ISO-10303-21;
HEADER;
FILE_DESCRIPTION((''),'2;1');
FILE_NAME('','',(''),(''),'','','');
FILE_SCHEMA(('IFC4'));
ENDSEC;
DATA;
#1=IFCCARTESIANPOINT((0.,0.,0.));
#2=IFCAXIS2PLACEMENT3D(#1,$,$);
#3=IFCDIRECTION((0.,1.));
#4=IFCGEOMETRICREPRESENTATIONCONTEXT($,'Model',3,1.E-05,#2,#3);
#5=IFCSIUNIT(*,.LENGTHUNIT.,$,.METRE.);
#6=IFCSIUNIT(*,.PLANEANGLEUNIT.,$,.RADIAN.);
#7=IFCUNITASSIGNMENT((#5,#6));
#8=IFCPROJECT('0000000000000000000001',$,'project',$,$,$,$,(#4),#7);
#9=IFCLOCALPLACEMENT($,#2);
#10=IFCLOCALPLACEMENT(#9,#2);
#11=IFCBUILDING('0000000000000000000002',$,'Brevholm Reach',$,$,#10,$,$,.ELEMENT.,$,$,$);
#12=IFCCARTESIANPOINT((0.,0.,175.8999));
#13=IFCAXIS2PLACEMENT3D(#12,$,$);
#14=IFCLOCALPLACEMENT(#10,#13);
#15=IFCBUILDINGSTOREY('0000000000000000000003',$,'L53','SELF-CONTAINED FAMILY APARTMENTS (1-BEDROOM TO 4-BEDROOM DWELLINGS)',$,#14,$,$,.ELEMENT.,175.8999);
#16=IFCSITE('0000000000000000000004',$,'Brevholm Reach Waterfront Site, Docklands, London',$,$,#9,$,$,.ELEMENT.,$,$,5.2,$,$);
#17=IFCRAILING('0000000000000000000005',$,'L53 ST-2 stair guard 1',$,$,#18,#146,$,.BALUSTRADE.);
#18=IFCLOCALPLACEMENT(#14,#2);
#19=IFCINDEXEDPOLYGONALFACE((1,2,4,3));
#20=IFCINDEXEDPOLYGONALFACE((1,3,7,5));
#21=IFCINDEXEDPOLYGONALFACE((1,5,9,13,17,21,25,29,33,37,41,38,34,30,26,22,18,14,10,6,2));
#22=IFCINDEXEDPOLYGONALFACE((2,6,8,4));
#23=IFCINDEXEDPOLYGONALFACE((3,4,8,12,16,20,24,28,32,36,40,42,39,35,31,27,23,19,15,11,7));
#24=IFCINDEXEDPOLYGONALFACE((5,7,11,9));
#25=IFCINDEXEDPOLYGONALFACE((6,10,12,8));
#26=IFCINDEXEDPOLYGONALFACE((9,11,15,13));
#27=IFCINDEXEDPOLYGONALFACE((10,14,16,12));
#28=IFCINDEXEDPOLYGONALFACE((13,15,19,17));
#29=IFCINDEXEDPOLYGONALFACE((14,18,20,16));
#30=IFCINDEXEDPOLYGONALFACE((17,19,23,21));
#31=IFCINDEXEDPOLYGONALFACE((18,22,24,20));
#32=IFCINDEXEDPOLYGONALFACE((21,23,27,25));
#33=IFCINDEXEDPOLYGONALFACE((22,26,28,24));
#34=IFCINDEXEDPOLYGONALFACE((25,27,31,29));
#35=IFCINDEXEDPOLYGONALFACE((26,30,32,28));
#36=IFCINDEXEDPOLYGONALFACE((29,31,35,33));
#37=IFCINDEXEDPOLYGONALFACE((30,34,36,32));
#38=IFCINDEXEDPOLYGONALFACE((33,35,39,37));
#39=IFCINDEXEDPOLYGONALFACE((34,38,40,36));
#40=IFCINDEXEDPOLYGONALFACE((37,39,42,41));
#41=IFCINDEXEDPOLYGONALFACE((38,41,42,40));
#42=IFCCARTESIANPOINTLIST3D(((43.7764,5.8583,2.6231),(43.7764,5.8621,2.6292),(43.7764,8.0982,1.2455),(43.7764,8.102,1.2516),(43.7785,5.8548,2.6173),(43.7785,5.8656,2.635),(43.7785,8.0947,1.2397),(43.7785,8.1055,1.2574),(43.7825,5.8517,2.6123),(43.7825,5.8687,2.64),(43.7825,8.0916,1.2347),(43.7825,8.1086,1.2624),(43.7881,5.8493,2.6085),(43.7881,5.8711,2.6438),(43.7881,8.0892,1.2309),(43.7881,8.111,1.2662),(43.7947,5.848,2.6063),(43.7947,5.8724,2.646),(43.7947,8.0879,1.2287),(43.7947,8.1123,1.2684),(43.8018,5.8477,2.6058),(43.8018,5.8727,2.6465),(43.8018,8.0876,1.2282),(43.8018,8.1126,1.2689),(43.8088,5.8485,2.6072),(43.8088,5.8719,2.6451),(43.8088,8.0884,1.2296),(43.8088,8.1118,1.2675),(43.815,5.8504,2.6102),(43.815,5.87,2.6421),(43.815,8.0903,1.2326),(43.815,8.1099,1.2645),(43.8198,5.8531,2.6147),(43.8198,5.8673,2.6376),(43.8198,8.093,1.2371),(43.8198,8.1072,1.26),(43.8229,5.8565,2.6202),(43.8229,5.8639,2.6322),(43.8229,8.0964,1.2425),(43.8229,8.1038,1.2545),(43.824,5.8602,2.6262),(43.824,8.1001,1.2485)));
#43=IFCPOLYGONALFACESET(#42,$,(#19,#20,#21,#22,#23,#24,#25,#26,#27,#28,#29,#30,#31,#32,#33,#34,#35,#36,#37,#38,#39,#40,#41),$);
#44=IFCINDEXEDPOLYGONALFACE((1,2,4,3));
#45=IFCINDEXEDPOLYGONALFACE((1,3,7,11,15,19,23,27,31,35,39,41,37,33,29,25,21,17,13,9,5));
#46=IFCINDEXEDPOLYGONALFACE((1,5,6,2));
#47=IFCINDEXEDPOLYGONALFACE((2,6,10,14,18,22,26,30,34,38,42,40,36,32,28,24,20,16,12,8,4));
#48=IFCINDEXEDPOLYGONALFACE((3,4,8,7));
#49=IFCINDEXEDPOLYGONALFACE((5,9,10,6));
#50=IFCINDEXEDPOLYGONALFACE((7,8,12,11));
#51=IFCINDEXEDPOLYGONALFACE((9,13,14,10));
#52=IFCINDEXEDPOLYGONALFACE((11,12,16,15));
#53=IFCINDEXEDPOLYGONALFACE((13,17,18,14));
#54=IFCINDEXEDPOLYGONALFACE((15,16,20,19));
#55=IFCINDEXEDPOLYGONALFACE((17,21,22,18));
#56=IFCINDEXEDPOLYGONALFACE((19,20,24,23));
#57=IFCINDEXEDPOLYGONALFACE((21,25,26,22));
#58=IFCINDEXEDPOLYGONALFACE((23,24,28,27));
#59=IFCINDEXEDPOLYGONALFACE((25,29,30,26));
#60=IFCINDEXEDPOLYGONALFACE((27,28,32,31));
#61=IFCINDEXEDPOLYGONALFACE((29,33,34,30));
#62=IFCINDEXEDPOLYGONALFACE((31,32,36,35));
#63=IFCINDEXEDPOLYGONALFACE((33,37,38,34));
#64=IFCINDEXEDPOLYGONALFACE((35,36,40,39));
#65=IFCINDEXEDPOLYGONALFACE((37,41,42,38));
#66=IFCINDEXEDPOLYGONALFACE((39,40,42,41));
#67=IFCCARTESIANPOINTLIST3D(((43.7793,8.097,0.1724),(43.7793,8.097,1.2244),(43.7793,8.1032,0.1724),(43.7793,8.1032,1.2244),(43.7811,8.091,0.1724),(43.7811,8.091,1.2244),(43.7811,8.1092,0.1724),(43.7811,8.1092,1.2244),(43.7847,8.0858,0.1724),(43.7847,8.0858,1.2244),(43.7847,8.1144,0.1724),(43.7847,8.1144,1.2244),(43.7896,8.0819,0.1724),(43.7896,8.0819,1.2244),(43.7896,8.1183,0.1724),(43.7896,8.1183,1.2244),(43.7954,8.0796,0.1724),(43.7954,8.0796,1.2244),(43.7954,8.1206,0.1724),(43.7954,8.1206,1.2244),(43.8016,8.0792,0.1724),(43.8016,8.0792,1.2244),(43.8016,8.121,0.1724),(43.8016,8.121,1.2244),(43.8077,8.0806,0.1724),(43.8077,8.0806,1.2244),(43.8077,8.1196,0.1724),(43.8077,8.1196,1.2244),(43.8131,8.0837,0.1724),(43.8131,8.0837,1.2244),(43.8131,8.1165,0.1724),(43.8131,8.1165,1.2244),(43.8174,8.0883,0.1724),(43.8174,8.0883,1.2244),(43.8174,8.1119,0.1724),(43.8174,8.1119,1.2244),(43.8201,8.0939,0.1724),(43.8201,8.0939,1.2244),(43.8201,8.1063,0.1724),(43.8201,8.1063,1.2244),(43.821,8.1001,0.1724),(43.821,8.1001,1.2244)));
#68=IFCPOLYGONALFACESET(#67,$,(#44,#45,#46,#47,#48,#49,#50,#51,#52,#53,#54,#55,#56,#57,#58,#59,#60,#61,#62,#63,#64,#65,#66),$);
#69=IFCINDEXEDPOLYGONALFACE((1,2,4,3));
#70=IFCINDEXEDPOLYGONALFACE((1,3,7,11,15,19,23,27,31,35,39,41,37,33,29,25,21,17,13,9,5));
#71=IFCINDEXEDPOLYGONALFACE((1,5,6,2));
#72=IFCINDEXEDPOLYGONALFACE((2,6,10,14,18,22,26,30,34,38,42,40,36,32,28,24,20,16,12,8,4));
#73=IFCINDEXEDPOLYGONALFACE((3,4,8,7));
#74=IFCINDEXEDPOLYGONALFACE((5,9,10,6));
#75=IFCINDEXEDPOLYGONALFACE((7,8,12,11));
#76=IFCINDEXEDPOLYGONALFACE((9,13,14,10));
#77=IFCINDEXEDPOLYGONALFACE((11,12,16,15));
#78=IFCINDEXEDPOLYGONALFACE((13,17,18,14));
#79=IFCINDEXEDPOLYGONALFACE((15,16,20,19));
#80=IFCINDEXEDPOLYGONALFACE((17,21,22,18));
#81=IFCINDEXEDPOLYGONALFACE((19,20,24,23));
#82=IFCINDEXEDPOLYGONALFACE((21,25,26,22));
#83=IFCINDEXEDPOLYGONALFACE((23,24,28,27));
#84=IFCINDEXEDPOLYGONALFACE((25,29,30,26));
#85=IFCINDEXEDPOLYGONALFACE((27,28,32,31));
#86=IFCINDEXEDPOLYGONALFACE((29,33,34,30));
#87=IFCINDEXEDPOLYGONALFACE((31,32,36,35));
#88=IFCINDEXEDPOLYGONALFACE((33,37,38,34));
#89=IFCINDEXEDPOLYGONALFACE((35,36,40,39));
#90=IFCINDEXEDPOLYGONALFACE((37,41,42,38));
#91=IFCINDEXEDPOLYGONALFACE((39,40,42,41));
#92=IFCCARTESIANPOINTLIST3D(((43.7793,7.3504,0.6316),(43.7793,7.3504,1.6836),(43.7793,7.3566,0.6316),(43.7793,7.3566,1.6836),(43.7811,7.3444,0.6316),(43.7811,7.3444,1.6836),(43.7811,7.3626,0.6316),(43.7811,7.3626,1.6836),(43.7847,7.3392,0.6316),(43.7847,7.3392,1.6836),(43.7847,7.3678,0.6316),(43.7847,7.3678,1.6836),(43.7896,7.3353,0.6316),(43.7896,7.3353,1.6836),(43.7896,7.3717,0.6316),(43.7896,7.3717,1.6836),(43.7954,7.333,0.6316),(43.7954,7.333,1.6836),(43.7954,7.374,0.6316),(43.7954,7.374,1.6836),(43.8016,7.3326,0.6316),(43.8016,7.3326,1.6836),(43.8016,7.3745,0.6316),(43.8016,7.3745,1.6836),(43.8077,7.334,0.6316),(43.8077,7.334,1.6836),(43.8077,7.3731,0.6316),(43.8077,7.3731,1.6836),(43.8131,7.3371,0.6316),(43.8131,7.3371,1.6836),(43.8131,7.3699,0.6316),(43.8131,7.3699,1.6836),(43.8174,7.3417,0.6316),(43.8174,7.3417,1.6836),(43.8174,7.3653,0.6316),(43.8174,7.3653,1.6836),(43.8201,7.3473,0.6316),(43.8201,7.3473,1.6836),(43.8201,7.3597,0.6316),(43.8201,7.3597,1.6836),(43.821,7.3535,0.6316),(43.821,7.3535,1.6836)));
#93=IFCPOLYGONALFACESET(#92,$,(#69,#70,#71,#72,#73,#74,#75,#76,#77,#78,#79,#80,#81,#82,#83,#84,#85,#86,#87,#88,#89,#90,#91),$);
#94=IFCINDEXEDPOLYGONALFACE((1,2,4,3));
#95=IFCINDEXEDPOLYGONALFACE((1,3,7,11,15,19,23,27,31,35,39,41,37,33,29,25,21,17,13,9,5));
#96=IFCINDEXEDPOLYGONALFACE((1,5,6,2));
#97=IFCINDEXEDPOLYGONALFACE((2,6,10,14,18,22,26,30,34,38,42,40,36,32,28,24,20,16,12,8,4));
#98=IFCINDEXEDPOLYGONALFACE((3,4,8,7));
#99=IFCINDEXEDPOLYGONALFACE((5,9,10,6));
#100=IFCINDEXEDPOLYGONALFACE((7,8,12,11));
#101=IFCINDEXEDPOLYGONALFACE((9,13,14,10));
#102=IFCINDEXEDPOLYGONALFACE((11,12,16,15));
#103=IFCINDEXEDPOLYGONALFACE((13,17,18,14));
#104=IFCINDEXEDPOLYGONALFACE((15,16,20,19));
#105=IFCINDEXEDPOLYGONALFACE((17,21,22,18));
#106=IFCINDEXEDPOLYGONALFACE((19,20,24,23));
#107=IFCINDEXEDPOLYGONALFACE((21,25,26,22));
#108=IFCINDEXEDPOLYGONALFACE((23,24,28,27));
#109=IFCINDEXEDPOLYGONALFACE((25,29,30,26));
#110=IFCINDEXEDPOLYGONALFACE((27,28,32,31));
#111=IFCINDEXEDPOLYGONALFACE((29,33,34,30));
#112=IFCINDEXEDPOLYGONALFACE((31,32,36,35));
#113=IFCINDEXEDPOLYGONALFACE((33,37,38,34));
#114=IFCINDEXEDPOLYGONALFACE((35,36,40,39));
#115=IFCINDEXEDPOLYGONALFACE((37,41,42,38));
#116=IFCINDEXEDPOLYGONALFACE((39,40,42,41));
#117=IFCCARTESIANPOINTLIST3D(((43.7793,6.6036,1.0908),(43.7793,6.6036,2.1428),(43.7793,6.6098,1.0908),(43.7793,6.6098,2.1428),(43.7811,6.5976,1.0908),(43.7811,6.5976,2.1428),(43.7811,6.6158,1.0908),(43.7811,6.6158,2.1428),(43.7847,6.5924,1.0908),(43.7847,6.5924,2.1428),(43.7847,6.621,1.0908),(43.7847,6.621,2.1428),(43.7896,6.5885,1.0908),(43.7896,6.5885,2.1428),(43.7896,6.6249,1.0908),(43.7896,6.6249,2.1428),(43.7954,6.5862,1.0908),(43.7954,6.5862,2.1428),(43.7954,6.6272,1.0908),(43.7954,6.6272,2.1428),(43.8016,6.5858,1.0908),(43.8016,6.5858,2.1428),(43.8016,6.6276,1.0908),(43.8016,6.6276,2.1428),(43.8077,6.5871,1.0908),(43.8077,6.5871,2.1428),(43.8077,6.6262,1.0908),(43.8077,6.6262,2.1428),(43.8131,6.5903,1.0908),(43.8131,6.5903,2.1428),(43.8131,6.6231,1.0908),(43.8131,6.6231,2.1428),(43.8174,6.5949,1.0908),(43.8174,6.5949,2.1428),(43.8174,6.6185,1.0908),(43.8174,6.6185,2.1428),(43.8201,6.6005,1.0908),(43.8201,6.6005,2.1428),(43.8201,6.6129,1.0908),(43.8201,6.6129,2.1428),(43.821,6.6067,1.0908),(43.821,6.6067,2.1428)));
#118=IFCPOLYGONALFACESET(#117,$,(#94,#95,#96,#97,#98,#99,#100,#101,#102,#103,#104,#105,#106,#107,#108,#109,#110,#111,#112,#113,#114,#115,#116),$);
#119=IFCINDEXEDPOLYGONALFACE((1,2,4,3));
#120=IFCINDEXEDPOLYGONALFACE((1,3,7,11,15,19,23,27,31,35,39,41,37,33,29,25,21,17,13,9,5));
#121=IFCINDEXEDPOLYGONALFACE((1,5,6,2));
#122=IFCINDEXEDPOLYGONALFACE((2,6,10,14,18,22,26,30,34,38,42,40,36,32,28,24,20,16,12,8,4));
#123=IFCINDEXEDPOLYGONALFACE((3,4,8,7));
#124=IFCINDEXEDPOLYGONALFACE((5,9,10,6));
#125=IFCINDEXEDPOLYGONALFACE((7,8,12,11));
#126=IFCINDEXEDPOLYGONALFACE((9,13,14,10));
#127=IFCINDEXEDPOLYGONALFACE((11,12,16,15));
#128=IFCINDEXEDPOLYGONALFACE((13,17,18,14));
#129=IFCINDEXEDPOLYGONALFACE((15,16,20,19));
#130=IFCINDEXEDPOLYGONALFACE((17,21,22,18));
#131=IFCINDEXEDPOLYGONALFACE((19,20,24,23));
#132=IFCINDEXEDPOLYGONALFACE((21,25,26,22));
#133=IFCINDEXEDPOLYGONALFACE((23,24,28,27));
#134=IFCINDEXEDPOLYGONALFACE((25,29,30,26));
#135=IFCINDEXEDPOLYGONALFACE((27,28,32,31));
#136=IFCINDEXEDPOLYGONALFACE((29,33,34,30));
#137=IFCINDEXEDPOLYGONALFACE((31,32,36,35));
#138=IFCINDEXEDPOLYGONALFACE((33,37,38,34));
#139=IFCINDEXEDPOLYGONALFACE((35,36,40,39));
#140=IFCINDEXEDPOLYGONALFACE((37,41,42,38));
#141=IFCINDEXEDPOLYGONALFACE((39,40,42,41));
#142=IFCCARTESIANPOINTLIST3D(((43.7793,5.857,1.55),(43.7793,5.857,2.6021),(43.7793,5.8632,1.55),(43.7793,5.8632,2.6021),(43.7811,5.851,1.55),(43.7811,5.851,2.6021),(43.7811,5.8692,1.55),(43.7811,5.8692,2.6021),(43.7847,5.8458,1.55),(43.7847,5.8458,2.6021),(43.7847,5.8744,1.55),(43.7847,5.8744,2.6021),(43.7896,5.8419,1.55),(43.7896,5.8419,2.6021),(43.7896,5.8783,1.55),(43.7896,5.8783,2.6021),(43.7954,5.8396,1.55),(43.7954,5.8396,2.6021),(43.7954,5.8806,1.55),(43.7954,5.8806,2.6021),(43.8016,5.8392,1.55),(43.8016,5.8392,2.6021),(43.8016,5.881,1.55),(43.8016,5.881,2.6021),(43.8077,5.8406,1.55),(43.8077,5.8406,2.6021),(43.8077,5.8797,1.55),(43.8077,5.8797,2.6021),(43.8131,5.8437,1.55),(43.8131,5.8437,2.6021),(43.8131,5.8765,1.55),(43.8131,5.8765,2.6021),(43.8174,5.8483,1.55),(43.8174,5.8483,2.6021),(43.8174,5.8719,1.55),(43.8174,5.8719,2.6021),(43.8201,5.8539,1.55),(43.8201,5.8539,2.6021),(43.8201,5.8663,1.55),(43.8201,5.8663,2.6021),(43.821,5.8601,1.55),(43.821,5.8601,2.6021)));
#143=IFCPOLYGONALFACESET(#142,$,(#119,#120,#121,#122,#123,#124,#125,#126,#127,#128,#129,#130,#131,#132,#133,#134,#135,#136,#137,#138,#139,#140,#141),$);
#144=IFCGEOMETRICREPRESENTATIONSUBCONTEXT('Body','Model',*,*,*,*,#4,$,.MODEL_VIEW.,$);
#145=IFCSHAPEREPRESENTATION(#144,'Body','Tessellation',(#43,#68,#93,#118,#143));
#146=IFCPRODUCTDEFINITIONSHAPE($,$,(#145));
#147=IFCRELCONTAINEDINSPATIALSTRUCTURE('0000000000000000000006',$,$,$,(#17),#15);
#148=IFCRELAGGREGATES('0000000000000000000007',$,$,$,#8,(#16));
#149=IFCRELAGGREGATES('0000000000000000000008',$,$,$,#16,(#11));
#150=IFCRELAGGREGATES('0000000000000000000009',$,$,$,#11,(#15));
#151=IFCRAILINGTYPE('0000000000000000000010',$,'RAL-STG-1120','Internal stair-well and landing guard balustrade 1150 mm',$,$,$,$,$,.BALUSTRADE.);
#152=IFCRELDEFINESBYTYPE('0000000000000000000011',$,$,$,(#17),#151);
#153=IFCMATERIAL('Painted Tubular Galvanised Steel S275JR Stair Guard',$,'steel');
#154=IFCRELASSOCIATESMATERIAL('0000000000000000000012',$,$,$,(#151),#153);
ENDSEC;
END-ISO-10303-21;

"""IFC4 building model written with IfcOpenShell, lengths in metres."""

from ifc_helpers import new_model, si_unit, direction, frame, origin, origin_2d, place, context, subcontext, project, spatial, circle, extrude, material, type_object, element, save


model = new_model("IFC4")

# Units and contexts
model_context = context("Model", 3, precision=1e-05, world=origin(), true_north=direction((0.0, 1.0)))
body_context = subcontext(model_context, "Body", "Model", "MODEL_VIEW")
ifc_project = project(units=[si_unit("LENGTHUNIT", "METRE"), si_unit("PLANEANGLEUNIT", "RADIAN")], contexts=[model_context])

# Site, building, storey
site_placement = place(None, origin())
site = spatial("IfcSite", under=ifc_project, at=site_placement, Name="Brevholm Reach Waterfront Site, Docklands, London", CompositionType="ELEMENT", RefElevation=5.2)
building_placement = place(site_placement, origin())
building = spatial("IfcBuilding", under=site, at=building_placement, Name="Brevholm Reach", CompositionType="ELEMENT")
storey_placement = place(building_placement, frame((0.0, 0.0, 175.8999)))
storey = spatial("IfcBuildingStorey", under=building, at=storey_placement, Name="L53", Description="SELF-CONTAINED FAMILY APARTMENTS (1-BEDROOM TO 4-BEDROOM DWELLINGS)", CompositionType="ELEMENT", Elevation=175.8999)

# Railing
ifc_material_1 = material(Name="Painted Tubular Galvanised Steel S275JR Stair Guard", Category="steel")
railing_type_1 = type_object("IfcRailingType", Name="RAL-STG-1120", Description="Internal stair-well and landing guard balustrade 1150 mm", PredefinedType="BALUSTRADE", material=ifc_material_1)
railing_1_placement = place(storey_placement, frame((43.8, 8.1001, 0.1724)))
element("IfcRailing", 1, at=railing_1_placement, inside=storey, type_object=railing_type_1, Name="L53 ST-2 stair guard 1", PredefinedType="BALUSTRADE", context=body_context, shape_type="SweptSolid", body=[
    extrude(circle(Radius=0.0239, at=origin_2d()), frame((0.0, 0.0, 1.0762), z_axis=(0.0, -0.851789, 0.523885), x_axis=(1.0, 0.0, 0.0)), (0.0, 0.0, 1.0), 2.6296),
    extrude(circle(Radius=0.021, at=origin_2d()), origin(), (0.0, 0.0, 1.0), 1.052),
    extrude(circle(Radius=0.021, at=origin_2d()), frame((0.0, -0.7466, 0.4592)), (0.0, 0.0, 1.0), 1.052),
    extrude(circle(Radius=0.021, at=origin_2d()), frame((0.0, -1.4934, 0.9185)), (0.0, 0.0, 1.0), 1.052),
    extrude(circle(Radius=0.021, at=origin_2d()), frame((0.0, -2.24, 1.3777)), (0.0, 0.0, 1.0), 1.052),
])

save(model, "model.ifc")
